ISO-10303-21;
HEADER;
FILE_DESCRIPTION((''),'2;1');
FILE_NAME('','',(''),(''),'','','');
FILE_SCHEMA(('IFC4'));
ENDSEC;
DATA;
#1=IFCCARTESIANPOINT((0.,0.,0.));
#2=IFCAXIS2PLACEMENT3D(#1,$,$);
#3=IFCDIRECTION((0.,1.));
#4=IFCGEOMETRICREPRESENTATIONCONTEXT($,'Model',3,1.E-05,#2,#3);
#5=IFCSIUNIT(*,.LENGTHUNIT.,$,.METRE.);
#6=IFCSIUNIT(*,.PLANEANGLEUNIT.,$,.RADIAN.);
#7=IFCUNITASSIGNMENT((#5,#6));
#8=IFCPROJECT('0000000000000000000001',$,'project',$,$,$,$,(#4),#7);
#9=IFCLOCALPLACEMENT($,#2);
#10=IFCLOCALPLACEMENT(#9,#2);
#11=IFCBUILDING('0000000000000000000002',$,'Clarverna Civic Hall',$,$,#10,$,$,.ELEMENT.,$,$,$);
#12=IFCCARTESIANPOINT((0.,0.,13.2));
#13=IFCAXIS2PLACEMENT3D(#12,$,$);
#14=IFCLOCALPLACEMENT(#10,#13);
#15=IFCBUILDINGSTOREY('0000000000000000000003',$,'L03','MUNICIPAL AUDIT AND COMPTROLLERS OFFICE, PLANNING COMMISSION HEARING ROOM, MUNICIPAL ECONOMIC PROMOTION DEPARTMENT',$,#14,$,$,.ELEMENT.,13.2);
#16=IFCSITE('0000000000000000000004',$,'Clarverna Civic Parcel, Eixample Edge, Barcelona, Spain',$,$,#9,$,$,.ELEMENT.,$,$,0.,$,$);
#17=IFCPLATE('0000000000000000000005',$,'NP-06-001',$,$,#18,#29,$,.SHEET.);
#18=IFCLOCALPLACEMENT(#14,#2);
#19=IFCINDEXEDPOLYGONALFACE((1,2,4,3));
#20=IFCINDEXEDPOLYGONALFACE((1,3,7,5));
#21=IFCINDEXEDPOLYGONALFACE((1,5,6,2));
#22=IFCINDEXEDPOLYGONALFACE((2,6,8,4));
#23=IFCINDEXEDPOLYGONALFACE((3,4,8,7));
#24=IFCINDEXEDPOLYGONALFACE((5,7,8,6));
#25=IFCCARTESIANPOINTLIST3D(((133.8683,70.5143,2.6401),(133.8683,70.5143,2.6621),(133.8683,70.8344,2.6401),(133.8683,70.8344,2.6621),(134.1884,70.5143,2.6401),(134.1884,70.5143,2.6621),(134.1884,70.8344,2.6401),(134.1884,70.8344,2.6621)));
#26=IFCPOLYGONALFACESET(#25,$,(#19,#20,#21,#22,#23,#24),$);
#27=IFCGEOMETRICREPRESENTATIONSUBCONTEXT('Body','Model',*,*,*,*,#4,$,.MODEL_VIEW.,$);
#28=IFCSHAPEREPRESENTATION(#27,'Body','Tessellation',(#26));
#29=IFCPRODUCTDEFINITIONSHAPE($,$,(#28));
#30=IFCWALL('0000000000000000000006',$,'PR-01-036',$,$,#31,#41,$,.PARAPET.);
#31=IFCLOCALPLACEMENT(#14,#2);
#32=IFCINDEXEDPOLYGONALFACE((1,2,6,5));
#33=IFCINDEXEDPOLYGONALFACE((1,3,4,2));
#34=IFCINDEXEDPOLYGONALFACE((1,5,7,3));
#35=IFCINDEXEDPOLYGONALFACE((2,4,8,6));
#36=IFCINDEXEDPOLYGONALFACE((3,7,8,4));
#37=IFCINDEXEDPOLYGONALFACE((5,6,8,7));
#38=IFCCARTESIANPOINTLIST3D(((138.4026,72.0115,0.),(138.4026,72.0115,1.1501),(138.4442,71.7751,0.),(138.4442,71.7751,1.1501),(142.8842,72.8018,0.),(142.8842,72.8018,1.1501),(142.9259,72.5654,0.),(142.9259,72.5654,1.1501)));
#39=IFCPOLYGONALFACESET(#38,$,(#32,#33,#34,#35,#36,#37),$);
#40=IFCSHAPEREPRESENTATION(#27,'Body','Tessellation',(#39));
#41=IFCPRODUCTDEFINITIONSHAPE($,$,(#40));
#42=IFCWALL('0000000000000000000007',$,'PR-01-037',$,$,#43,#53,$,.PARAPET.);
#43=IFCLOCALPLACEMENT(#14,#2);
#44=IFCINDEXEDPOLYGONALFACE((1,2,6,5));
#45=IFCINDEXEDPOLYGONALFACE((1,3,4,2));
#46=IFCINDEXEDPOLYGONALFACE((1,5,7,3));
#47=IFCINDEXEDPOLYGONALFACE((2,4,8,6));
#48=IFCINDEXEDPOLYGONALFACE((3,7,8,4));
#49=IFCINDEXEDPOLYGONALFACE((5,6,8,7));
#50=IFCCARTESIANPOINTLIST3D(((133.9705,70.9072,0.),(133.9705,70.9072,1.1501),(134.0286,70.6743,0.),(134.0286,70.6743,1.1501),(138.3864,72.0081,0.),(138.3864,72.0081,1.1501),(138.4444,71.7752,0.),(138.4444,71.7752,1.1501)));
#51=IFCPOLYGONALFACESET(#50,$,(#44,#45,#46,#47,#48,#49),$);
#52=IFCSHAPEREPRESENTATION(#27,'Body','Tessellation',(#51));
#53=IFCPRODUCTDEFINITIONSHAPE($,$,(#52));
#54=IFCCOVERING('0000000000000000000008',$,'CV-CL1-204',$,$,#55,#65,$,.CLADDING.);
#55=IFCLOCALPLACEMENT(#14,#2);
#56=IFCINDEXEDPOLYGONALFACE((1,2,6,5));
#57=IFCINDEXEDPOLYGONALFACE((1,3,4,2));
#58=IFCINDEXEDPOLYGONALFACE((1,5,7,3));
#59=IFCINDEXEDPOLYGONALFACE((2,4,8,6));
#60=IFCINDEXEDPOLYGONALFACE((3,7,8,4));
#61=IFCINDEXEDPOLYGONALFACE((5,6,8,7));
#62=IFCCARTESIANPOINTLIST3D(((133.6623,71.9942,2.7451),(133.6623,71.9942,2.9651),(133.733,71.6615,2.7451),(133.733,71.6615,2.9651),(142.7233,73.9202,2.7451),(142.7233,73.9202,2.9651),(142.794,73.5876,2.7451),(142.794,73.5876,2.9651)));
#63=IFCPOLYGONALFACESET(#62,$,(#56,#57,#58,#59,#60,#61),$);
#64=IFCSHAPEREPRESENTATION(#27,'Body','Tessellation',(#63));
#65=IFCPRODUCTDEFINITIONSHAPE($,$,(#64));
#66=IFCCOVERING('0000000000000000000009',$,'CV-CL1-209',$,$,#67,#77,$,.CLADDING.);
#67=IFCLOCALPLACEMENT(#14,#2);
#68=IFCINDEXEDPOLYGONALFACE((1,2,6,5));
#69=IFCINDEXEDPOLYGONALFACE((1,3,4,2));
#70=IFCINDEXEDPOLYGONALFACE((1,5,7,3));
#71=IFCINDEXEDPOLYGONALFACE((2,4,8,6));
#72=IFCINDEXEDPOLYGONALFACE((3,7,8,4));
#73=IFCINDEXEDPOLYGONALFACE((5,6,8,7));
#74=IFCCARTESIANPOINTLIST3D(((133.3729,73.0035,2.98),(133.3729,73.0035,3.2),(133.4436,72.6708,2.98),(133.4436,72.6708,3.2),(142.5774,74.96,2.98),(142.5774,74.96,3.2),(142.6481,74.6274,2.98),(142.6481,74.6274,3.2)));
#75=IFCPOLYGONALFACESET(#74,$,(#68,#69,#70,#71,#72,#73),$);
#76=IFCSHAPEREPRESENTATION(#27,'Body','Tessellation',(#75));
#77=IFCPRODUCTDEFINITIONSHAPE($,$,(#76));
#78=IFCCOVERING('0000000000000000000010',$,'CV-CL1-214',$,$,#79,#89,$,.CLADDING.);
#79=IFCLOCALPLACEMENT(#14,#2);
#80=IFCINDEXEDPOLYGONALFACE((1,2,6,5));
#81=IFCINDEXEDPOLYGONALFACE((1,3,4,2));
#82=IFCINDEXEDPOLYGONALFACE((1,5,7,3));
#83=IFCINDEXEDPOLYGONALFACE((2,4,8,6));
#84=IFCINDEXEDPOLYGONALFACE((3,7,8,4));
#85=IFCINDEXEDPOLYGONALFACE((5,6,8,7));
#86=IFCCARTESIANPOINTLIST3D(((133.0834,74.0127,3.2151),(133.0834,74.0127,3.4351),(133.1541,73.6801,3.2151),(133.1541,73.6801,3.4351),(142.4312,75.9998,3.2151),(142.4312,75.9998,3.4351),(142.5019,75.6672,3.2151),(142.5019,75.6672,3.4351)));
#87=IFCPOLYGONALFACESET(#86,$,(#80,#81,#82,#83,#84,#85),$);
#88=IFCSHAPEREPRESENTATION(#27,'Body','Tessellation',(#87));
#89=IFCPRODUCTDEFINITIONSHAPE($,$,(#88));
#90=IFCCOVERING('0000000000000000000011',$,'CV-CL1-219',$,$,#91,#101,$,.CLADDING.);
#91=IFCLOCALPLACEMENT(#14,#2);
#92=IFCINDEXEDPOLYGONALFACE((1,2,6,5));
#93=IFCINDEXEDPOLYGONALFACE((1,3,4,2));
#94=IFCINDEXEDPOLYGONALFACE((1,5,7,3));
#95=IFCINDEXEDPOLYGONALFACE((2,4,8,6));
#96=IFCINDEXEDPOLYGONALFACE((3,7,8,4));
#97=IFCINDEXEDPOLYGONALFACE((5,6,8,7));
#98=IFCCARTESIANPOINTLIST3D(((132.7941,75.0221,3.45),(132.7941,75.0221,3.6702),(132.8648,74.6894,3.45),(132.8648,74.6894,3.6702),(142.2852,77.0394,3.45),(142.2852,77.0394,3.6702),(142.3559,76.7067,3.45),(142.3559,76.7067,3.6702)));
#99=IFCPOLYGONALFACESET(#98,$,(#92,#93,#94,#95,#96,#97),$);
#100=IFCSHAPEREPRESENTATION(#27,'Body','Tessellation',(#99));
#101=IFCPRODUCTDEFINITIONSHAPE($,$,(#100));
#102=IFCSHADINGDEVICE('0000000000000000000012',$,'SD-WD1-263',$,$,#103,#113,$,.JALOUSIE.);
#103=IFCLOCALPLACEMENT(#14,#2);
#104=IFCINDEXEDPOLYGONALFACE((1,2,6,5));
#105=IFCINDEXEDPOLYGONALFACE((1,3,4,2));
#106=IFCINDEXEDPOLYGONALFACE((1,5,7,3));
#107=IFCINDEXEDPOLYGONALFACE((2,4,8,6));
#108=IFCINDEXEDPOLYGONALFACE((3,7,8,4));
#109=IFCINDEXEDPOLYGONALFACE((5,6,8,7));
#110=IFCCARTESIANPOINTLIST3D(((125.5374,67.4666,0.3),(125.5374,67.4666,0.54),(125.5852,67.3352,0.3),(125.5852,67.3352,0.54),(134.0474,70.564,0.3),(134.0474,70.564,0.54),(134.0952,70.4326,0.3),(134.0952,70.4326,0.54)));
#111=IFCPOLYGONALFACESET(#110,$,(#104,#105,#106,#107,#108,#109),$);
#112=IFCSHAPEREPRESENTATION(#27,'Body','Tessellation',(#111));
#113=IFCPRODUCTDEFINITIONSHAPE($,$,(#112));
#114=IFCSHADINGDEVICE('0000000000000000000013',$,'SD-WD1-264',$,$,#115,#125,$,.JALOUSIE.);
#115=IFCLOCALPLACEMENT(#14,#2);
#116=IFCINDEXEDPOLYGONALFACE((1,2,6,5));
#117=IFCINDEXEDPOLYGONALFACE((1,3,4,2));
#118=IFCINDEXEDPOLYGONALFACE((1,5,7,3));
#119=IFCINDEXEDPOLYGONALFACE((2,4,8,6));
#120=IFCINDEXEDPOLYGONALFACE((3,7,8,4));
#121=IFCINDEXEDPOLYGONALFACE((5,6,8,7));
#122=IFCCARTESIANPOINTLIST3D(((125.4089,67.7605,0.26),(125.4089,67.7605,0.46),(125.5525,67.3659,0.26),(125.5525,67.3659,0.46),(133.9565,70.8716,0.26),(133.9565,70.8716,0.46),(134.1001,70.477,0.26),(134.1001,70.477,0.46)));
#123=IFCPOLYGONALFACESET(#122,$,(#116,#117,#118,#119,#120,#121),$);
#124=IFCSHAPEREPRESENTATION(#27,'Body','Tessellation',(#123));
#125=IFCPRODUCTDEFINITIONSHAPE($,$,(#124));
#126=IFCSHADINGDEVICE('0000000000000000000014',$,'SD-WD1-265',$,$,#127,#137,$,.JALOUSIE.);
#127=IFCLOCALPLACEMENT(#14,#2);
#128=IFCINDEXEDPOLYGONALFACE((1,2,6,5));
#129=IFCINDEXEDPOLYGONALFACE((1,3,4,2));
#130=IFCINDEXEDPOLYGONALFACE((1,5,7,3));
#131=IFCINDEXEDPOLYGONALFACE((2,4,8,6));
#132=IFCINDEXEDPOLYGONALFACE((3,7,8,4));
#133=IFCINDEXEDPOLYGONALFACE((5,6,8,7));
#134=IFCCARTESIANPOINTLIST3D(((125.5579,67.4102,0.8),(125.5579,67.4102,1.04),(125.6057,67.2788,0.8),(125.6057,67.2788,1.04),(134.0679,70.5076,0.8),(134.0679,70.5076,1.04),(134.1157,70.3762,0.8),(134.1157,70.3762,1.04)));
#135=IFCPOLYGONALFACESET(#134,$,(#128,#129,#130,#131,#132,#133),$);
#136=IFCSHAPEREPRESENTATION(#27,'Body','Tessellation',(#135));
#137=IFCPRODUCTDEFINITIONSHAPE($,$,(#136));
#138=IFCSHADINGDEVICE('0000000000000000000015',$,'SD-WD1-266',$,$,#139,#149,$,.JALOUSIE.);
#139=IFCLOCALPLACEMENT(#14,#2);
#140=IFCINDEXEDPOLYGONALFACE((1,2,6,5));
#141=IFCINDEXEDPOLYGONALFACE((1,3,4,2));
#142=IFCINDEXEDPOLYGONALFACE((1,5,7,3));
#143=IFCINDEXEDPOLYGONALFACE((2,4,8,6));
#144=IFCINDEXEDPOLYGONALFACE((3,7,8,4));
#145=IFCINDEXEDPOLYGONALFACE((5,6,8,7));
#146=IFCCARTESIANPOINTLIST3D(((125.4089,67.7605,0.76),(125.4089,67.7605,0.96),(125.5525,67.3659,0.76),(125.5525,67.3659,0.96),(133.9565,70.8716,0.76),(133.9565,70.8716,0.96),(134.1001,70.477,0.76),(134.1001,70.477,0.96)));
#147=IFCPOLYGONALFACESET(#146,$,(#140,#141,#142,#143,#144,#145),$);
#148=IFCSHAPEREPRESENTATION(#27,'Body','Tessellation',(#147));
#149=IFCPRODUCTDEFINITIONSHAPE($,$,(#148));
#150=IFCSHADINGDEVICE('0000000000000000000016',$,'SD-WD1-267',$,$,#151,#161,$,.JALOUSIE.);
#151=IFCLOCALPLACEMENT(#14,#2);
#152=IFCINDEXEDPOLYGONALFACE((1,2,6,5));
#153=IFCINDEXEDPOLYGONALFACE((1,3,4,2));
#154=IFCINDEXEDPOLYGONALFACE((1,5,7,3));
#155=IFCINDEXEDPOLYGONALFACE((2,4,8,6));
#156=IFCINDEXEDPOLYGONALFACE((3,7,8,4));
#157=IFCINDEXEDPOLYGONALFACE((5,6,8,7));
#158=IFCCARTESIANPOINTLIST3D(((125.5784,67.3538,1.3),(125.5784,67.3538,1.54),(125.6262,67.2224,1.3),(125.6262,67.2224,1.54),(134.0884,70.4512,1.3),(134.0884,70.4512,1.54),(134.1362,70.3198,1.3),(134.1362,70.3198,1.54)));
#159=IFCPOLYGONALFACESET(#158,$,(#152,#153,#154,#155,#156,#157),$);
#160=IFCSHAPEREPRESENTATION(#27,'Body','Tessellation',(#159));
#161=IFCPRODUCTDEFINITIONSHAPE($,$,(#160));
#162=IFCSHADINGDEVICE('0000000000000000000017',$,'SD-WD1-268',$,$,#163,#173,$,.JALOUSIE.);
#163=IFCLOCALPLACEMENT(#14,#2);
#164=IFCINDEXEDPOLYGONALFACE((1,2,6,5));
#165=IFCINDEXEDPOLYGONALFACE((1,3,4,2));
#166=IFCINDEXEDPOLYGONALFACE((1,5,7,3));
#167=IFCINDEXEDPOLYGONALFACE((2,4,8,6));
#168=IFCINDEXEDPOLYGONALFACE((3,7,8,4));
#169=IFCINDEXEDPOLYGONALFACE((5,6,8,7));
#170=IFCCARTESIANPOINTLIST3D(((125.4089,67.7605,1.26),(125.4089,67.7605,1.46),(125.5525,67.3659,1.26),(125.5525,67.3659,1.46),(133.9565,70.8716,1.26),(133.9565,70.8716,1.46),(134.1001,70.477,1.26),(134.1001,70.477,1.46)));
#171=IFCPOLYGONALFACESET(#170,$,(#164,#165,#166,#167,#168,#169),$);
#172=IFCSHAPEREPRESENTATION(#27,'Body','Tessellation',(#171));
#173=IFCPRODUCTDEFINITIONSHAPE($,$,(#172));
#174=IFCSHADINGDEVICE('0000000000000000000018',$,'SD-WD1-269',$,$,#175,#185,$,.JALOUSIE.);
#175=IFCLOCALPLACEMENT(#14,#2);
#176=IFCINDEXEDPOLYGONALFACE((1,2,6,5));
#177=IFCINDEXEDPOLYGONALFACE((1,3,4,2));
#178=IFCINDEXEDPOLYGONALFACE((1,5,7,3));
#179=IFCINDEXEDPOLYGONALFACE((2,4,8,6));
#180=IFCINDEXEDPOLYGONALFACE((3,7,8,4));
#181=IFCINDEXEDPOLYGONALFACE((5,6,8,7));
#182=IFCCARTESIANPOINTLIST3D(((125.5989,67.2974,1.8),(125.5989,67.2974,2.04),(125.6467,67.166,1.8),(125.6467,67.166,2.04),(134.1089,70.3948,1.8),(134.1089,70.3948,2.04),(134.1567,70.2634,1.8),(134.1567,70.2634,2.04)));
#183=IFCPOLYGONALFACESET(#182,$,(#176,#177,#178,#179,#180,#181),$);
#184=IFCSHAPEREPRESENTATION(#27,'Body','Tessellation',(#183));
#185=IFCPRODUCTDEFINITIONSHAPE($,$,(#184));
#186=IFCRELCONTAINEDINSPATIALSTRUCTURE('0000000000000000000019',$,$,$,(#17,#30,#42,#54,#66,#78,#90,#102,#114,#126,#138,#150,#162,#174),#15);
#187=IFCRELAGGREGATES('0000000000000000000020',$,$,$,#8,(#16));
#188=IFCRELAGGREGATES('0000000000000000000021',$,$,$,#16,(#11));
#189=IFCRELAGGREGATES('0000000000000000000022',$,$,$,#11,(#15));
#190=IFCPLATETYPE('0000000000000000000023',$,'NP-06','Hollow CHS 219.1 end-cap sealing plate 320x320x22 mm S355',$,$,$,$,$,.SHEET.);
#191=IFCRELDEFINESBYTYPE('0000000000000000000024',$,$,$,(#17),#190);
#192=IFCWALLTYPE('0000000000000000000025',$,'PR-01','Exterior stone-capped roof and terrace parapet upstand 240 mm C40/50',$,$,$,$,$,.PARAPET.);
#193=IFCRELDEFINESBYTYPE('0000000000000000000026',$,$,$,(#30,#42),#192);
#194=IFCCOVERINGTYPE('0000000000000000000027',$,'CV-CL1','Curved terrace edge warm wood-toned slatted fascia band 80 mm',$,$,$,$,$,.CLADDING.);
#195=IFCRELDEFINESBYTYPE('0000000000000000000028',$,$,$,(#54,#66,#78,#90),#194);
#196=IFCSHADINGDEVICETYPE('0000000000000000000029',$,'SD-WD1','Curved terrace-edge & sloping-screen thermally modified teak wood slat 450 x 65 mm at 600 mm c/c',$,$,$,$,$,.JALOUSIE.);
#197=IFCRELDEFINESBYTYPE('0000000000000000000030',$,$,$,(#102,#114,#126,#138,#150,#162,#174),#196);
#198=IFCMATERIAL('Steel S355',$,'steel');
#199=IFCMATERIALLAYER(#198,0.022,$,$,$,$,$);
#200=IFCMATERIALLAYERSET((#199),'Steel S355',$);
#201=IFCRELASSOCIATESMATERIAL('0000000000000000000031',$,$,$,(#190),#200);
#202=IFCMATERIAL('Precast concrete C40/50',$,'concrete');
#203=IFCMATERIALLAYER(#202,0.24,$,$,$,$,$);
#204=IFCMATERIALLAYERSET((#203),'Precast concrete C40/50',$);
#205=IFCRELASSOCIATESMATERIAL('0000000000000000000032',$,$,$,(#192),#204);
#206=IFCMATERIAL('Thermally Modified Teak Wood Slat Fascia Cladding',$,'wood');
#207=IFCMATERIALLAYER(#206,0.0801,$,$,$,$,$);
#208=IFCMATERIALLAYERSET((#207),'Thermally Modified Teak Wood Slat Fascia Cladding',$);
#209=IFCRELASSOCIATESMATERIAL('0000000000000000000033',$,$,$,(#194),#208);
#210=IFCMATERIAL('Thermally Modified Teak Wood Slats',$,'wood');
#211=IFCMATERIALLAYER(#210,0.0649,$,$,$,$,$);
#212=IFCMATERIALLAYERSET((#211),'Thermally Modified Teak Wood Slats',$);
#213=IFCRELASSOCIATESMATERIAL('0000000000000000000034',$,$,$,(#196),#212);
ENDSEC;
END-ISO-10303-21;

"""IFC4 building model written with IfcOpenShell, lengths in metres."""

from ifc_helpers import new_model, si_unit, direction, frame, frame_2d, origin, origin_2d, place, context, subcontext, project, spatial, rectangle, extrude, material, layer, layer_set, type_object, element, save


model = new_model("IFC4")

# Units and contexts
model_context = context("Model", 3, precision=1e-05, world=origin(), true_north=direction((0.0, 1.0)))
body_context = subcontext(model_context, "Body", "Model", "MODEL_VIEW")
ifc_project = project(units=[si_unit("LENGTHUNIT", "METRE"), si_unit("PLANEANGLEUNIT", "RADIAN")], contexts=[model_context])

# Site, building, storey
site_placement = place(None, origin())
site = spatial("IfcSite", under=ifc_project, at=site_placement, Name="Clarverna Civic Parcel, Eixample Edge, Barcelona, Spain", CompositionType="ELEMENT", RefElevation=0.0)
building_placement = place(site_placement, origin())
building = spatial("IfcBuilding", under=site, at=building_placement, Name="Clarverna Civic Hall", CompositionType="ELEMENT")
storey_placement = place(building_placement, frame((0.0, 0.0, 13.2)))
storey = spatial("IfcBuildingStorey", under=building, at=storey_placement, Name="L03", Description="MUNICIPAL AUDIT AND COMPTROLLERS OFFICE, PLANNING COMMISSION HEARING ROOM, MUNICIPAL ECONOMIC PROMOTION DEPARTMENT", CompositionType="ELEMENT", Elevation=13.2)

# Shared definitions
ifc_material_1 = material(Name="Steel S355", Category="steel")

# Plate
ifc_layer_1 = layer(ifc_material_1, 0.022)
ifc_layer_set_1 = layer_set([ifc_layer_1], Name="Steel S355")
plate_type = type_object("IfcPlateType", Name="NP-06", Description="Hollow CHS 219.1 end-cap sealing plate 320x320x22 mm S355", PredefinedType="SHEET", material=ifc_layer_set_1)
plate_placement = place(storey_placement, frame((134.0283, 70.6743, 2.6401), z_axis=(0.0, 0.0, 1.0), x_axis=(1.0, 0.0, 0.0)))
element("IfcPlate", 1, at=plate_placement, inside=storey, type_object=plate_type, Name="NP-06-001", PredefinedType="SHEET", context=body_context, shape_type="SweptSolid", body=[
    extrude(rectangle(XDim=0.3201, YDim=0.3201, at=origin_2d()), origin(), (0.0, 0.0, 1.0), 0.022),
])

# Walls
ifc_material_2 = material(Name="Precast concrete C40/50", Category="concrete")
ifc_layer_2 = layer(ifc_material_2, 0.24)
ifc_layer_set_2 = layer_set([ifc_layer_2], Name="Precast concrete C40/50")
wall_type = type_object("IfcWallType", Name="PR-01", Description="Exterior stone-capped roof and terrace parapet upstand 240 mm C40/50", PredefinedType="PARAPET", material=ifc_layer_set_2)
wall_1_placement = place(storey_placement, frame((142.905, 72.6836, 0.0), z_axis=(0.0, 0.0, 1.0), x_axis=(-0.984806, -0.173657, 0.0)))
element("IfcWall", 2, at=wall_1_placement, inside=storey, type_object=wall_type, Name="PR-01-036", PredefinedType="PARAPET", context=body_context, shape_type="SweptSolid", body=[
    extrude(rectangle(XDim=4.5508, YDim=0.24, at=frame_2d((2.2754, 0.0))), origin(), (0.0, 0.0, 1.0), 1.1501),
])
wall_2_placement = place(storey_placement, frame((138.4153, 71.8916, 0.0), z_axis=(0.0, 0.0, 1.0), x_axis=(-0.970303, -0.241892, 0.0)))
element("IfcWall", 3, at=wall_2_placement, inside=storey, type_object=wall_type, Name="PR-01-037", PredefinedType="PARAPET", context=body_context, shape_type="SweptSolid", body=[
    extrude(rectangle(XDim=4.551, YDim=0.24, at=frame_2d((2.2754, 0.0))), origin(), (0.0, 0.0, 1.0), 1.1501),
])

# Coverings
ifc_material_3 = material(Name="Thermally Modified Teak Wood Slat Fascia Cladding", Category="wood")
ifc_layer_3 = layer(ifc_material_3, 0.0801)
ifc_layer_set_3 = layer_set([ifc_layer_3], Name="Thermally Modified Teak Wood Slat Fascia Cladding")
covering_type = type_object("IfcCoveringType", Name="CV-CL1", Description="Curved terrace edge warm wood-toned slatted fascia band 80 mm", PredefinedType="CLADDING", material=ifc_layer_set_3)
covering_1_placement = place(storey_placement, frame((142.7588, 73.7539, 2.7451), z_axis=(0.0, 0.0, 1.0), x_axis=(-0.978147, -0.207916, 0.0)))
element("IfcCovering", 4, at=covering_1_placement, inside=storey, type_object=covering_type, Name="CV-CL1-204", PredefinedType="CLADDING", context=body_context, shape_type="SweptSolid", body=[
    extrude(rectangle(XDim=9.2634, YDim=0.3401, at=frame_2d((4.6318, 0.0))), origin(), (0.0, 0.0, 1.0), 0.22),
])
covering_2_placement = place(storey_placement, frame((142.6128, 74.7937, 2.98), z_axis=(0.0, 0.0, 1.0), x_axis=(-0.978147, -0.207916, 0.0)))
element("IfcCovering", 5, at=covering_2_placement, inside=storey, type_object=covering_type, Name="CV-CL1-209", PredefinedType="CLADDING", context=body_context, shape_type="SweptSolid", body=[
    extrude(rectangle(XDim=9.4102, YDim=0.3401, at=frame_2d((4.7051, 0.0))), origin(), (0.0, 0.0, 1.0), 0.22),
])
covering_3_placement = place(storey_placement, frame((142.4666, 75.8335, 3.2151), z_axis=(0.0, 0.0, 1.0), x_axis=(-0.978144, -0.207927, 0.0)))
element("IfcCovering", 6, at=covering_3_placement, inside=storey, type_object=covering_type, Name="CV-CL1-214", PredefinedType="CLADDING", context=body_context, shape_type="SweptSolid", body=[
    extrude(rectangle(XDim=9.5566, YDim=0.3401, at=frame_2d((4.7783, 0.0))), origin(), (0.0, 0.0, 1.0), 0.22),
])
covering_4_placement = place(storey_placement, frame((142.3206, 76.873, 3.45), z_axis=(0.0, 0.0, 1.0), x_axis=(-0.978149, -0.207903, 0.0)))
element("IfcCovering", 7, at=covering_4_placement, inside=storey, type_object=covering_type, Name="CV-CL1-219", PredefinedType="CLADDING", context=body_context, shape_type="SweptSolid", body=[
    extrude(rectangle(XDim=9.7031, YDim=0.3401, at=frame_2d((4.8516, 0.0))), origin(), (0.0, 0.0, 1.0), 0.2202),
])

# Shading devices
ifc_material_4 = material(Name="Thermally Modified Teak Wood Slats", Category="wood")
ifc_layer_4 = layer(ifc_material_4, 0.0649)
ifc_layer_set_4 = layer_set([ifc_layer_4], Name="Thermally Modified Teak Wood Slats")
shading_device_type = type_object("IfcShadingDeviceType", Name="SD-WD1", Description="Curved terrace-edge & sloping-screen thermally modified teak wood slat 450 x 65 mm at 600 mm c/c", PredefinedType="JALOUSIE", material=ifc_layer_set_4)
shading_device_1_placement = place(storey_placement, frame((134.0713, 70.4983, 0.3), z_axis=(0.0, 0.0, 1.0), x_axis=(-0.939692, -0.342022, 0.0)))
element("IfcShadingDevice", 8, at=shading_device_1_placement, inside=storey, type_object=shading_device_type, Name="SD-WD1-263", PredefinedType="JALOUSIE", context=body_context, shape_type="SweptSolid", body=[
    extrude(rectangle(XDim=9.0562, YDim=0.1399, at=frame_2d((4.5281, 0.0))), origin(), (0.0, 0.0, 1.0), 0.24),
])
shading_device_2_placement = place(storey_placement, frame((134.0283, 70.6743, 0.26), z_axis=(0.0, 0.0, 1.0), x_axis=(-0.939692, -0.342021, 0.0)))
element("IfcShadingDevice", 9, at=shading_device_2_placement, inside=storey, type_object=shading_device_type, Name="SD-WD1-264", PredefinedType="JALOUSIE", context=body_context, shape_type="SweptSolid", body=[
    extrude(rectangle(XDim=9.0962, YDim=0.4199, at=frame_2d((4.5481, 0.0))), origin(), (0.0, 0.0, 1.0), 0.2),
])
shading_device_3_placement = place(storey_placement, frame((134.0918, 70.4419, 0.8), z_axis=(0.0, 0.0, 1.0), x_axis=(-0.939692, -0.342022, 0.0)))
element("IfcShadingDevice", 10, at=shading_device_3_placement, inside=storey, type_object=shading_device_type, Name="SD-WD1-265", PredefinedType="JALOUSIE", context=body_context, shape_type="SweptSolid", body=[
    extrude(rectangle(XDim=9.0562, YDim=0.1399, at=frame_2d((4.5281, 0.0))), origin(), (0.0, 0.0, 1.0), 0.24),
])
shading_device_4_placement = place(storey_placement, frame((134.0283, 70.6743, 0.76), z_axis=(0.0, 0.0, 1.0), x_axis=(-0.939692, -0.342021, 0.0)))
element("IfcShadingDevice", 11, at=shading_device_4_placement, inside=storey, type_object=shading_device_type, Name="SD-WD1-266", PredefinedType="JALOUSIE", context=body_context, shape_type="SweptSolid", body=[
    extrude(rectangle(XDim=9.0962, YDim=0.4199, at=frame_2d((4.5481, 0.0))), origin(), (0.0, 0.0, 1.0), 0.2),
])
shading_device_5_placement = place(storey_placement, frame((134.1123, 70.3855, 1.3), z_axis=(0.0, 0.0, 1.0), x_axis=(-0.939692, -0.342022, 0.0)))
element("IfcShadingDevice", 12, at=shading_device_5_placement, inside=storey, type_object=shading_device_type, Name="SD-WD1-267", PredefinedType="JALOUSIE", context=body_context, shape_type="SweptSolid", body=[
    extrude(rectangle(XDim=9.0562, YDim=0.1399, at=frame_2d((4.5281, 0.0))), origin(), (0.0, 0.0, 1.0), 0.24),
])
shading_device_6_placement = place(storey_placement, frame((134.0283, 70.6743, 1.26), z_axis=(0.0, 0.0, 1.0), x_axis=(-0.939692, -0.342021, 0.0)))
element("IfcShadingDevice", 13, at=shading_device_6_placement, inside=storey, type_object=shading_device_type, Name="SD-WD1-268", PredefinedType="JALOUSIE", context=body_context, shape_type="SweptSolid", body=[
    extrude(rectangle(XDim=9.0962, YDim=0.4199, at=frame_2d((4.5481, 0.0))), origin(), (0.0, 0.0, 1.0), 0.2),
])
shading_device_7_placement = place(storey_placement, frame((134.1328, 70.3291, 1.8), z_axis=(0.0, 0.0, 1.0), x_axis=(-0.939692, -0.342022, 0.0)))
element("IfcShadingDevice", 14, at=shading_device_7_placement, inside=storey, type_object=shading_device_type, Name="SD-WD1-269", PredefinedType="JALOUSIE", context=body_context, shape_type="SweptSolid", body=[
    extrude(rectangle(XDim=9.0562, YDim=0.1399, at=frame_2d((4.5281, 0.0))), origin(), (0.0, 0.0, 1.0), 0.24),
])

save(model, "model.ifc")
